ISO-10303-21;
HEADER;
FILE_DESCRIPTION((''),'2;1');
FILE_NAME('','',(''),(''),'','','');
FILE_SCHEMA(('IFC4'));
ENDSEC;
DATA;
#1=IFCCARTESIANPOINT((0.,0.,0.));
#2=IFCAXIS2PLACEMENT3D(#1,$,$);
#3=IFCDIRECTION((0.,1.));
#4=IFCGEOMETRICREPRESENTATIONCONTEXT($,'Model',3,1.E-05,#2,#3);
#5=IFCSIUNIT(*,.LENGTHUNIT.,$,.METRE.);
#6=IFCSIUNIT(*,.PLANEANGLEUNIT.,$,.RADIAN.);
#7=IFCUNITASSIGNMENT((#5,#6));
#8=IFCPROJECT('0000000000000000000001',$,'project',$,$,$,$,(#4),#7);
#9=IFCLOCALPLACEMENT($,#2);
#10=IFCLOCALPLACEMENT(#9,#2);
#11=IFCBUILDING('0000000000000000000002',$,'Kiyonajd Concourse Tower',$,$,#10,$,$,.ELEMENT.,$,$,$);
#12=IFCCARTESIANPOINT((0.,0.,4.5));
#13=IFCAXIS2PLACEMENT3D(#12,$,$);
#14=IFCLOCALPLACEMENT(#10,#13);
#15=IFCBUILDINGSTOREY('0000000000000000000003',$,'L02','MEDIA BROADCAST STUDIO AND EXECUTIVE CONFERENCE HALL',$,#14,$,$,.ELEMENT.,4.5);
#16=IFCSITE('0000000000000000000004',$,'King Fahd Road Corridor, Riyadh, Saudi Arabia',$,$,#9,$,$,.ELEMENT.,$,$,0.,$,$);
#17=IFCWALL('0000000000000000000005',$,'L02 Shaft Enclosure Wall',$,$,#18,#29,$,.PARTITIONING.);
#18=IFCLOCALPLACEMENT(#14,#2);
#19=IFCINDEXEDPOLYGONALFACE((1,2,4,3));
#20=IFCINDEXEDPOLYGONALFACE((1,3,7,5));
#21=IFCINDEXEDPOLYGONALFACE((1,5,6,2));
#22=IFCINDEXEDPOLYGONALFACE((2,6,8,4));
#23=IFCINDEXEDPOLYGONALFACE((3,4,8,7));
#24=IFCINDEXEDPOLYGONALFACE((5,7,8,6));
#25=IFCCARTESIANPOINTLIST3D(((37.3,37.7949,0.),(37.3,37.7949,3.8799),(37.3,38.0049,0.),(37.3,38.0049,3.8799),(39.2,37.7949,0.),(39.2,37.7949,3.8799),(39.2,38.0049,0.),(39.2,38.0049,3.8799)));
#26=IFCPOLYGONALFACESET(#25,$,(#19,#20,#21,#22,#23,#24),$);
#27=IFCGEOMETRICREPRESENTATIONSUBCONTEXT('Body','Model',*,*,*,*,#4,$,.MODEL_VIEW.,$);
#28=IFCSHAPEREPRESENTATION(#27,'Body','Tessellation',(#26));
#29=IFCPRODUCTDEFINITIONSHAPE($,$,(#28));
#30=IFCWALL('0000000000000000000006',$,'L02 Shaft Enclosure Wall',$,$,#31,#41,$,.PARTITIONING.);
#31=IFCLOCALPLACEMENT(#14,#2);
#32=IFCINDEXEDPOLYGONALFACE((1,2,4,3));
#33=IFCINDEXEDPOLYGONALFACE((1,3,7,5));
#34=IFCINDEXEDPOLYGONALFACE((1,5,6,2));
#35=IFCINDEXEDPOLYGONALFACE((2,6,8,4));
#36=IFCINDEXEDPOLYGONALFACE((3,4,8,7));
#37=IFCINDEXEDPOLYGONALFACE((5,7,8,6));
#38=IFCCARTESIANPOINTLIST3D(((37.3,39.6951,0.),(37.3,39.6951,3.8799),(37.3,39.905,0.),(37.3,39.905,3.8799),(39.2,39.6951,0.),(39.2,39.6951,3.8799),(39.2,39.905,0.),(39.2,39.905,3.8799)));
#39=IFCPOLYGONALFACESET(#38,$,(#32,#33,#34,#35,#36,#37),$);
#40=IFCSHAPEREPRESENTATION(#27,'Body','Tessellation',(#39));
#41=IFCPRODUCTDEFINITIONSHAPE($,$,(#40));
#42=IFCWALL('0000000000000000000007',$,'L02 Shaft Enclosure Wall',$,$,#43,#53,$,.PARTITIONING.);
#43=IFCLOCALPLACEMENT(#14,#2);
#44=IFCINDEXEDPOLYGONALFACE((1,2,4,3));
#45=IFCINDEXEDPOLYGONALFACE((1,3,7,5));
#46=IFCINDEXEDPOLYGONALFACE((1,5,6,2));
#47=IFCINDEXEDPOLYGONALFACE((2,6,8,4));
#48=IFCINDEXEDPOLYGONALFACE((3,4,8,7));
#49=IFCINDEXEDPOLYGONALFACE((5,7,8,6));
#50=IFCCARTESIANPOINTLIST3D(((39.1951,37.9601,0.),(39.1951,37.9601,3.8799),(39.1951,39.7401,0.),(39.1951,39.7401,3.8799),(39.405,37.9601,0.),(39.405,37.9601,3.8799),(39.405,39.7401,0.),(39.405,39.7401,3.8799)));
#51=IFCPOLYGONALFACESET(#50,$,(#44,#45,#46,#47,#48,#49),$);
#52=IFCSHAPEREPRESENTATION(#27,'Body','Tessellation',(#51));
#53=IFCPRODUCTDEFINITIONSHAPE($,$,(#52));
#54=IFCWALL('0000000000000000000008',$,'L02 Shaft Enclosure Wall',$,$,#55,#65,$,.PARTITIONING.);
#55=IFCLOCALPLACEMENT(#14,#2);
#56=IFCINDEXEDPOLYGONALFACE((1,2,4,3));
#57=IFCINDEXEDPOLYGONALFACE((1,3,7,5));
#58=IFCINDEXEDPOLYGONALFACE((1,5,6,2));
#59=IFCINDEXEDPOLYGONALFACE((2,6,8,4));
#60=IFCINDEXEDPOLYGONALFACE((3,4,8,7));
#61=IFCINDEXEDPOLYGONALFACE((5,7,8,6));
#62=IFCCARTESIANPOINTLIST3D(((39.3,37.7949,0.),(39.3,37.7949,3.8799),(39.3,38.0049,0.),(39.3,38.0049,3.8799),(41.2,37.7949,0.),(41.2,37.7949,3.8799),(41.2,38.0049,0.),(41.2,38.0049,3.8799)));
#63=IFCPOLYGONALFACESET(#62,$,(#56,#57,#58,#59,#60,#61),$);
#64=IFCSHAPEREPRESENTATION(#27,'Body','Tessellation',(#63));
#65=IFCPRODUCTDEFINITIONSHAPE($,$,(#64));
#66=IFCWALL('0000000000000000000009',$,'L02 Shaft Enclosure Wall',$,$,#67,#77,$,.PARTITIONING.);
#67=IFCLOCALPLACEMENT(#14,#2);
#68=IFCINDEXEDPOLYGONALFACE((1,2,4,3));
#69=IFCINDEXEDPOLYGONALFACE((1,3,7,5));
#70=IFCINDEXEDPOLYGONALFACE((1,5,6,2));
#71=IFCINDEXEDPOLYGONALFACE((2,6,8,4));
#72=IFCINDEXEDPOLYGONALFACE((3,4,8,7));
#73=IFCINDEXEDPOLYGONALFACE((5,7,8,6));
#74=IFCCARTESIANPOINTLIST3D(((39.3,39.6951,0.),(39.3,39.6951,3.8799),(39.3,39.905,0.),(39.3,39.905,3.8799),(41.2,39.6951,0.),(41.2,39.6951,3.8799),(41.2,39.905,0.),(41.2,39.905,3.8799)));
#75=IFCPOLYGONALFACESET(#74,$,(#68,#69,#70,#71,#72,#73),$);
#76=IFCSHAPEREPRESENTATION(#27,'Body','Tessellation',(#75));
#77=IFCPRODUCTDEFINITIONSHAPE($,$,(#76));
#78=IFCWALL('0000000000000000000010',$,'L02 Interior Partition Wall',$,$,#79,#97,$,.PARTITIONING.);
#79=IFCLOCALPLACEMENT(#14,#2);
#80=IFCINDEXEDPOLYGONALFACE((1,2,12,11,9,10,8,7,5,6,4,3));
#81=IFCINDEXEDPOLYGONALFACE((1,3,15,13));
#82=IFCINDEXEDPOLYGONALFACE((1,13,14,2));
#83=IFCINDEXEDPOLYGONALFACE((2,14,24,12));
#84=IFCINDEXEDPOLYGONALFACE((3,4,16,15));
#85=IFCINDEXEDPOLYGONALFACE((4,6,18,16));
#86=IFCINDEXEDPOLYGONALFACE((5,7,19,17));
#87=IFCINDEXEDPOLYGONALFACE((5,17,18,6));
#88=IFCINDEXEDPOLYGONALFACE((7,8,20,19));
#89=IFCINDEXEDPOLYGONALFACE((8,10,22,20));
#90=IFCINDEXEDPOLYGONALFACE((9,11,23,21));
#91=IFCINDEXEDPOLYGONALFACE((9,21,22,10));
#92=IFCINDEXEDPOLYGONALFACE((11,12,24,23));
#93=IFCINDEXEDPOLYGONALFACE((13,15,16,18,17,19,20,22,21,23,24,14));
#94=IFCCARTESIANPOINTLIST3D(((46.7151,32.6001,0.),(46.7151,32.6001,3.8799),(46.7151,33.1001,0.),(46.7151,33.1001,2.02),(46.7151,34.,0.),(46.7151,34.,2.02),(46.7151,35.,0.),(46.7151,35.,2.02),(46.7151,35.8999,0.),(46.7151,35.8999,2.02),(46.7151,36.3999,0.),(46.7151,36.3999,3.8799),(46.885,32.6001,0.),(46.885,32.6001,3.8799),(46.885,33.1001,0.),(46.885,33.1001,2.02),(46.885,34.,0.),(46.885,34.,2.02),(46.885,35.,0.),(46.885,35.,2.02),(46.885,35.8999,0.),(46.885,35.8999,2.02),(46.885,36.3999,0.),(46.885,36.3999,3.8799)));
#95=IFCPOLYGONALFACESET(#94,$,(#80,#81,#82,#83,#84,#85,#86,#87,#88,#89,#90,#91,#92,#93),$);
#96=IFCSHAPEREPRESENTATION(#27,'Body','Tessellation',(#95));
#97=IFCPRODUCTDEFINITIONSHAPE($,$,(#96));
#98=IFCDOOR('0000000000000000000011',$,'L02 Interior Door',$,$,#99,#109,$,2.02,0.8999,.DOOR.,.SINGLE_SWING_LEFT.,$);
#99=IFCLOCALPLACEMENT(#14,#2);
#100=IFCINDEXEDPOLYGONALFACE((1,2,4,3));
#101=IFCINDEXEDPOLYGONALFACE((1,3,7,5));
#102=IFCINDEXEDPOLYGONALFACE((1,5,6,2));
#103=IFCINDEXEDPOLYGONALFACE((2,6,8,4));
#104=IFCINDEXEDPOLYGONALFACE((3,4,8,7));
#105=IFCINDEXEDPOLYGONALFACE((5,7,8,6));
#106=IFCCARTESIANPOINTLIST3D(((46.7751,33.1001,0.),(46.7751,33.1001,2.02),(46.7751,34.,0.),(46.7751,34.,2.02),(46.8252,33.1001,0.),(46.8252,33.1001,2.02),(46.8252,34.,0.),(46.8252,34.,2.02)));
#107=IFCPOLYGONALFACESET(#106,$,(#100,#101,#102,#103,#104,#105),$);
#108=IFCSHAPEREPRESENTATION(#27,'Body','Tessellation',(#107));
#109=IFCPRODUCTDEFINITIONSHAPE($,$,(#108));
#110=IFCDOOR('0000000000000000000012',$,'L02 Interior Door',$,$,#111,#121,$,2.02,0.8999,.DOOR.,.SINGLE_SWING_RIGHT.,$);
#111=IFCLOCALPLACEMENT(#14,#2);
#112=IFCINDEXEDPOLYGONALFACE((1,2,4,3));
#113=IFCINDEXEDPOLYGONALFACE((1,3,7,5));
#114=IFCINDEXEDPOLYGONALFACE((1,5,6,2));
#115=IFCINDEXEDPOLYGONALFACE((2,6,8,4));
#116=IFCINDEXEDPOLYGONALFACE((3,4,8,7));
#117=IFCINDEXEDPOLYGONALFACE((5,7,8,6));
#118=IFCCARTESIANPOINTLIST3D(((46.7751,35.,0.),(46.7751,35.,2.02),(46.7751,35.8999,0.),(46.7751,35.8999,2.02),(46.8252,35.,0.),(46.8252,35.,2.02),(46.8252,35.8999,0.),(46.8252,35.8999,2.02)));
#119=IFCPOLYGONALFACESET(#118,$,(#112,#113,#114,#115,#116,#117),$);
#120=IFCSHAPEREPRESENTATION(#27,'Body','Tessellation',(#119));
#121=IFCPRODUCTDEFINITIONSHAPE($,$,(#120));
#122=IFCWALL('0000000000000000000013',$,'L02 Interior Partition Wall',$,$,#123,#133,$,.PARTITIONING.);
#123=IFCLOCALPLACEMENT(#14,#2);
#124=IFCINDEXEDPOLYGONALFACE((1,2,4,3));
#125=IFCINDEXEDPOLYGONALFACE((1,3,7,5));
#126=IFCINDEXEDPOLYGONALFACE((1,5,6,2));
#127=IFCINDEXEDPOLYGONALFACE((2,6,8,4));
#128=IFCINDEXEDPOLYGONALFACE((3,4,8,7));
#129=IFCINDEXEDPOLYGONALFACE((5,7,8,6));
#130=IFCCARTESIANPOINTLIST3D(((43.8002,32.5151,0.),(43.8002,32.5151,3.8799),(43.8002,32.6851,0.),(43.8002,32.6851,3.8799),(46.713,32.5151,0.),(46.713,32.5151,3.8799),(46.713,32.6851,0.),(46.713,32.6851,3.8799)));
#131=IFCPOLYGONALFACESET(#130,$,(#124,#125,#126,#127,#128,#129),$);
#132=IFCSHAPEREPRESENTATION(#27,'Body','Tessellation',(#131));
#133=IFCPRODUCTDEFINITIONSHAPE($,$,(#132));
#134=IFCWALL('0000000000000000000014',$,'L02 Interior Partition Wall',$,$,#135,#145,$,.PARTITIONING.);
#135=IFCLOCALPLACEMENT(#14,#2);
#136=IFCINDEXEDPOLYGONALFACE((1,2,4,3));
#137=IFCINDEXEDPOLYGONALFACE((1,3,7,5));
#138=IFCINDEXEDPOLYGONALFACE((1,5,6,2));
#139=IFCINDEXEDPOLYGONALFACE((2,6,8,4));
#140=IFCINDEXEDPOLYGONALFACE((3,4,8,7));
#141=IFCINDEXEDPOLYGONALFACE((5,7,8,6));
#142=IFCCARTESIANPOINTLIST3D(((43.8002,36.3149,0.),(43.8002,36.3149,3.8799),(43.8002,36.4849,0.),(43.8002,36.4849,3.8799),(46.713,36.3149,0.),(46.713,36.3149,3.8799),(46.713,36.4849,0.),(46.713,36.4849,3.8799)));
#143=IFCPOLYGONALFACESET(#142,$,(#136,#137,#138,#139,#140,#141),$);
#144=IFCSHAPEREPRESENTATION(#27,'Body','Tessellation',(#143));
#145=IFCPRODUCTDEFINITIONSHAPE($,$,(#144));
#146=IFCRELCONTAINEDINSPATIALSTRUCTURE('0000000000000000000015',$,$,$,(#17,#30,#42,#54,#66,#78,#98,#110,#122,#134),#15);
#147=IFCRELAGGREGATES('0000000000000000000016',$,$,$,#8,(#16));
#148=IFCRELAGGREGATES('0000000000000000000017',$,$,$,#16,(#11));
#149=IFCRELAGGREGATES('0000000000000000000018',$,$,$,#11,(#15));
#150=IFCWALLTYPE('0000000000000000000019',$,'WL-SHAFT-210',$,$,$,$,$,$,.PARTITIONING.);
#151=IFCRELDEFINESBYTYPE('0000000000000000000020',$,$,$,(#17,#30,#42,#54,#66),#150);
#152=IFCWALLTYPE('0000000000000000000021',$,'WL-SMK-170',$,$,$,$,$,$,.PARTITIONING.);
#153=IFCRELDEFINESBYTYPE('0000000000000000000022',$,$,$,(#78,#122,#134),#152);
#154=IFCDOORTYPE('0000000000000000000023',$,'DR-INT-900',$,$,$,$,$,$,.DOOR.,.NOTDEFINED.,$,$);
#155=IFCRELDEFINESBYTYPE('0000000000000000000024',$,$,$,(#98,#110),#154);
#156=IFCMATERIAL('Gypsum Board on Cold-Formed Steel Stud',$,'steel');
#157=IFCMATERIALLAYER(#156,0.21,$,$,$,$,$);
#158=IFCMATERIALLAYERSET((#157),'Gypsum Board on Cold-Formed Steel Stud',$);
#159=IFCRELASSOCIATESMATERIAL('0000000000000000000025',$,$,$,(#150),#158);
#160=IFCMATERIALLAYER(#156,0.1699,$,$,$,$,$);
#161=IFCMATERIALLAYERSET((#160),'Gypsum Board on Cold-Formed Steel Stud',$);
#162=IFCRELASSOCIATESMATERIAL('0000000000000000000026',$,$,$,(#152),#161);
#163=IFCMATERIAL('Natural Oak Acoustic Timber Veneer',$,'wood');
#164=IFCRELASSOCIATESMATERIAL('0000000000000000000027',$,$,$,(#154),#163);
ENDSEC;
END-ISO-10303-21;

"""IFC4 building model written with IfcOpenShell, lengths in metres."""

from ifc_helpers import new_model, si_unit, direction, frame, frame_2d, origin, place, context, subcontext, project, spatial, rectangle, extrude, material, layer, layer_set, type_object, element, fill, save


model = new_model("IFC4")

# Units and contexts
model_context = context("Model", 3, precision=1e-05, world=origin(), true_north=direction((0.0, 1.0)))
body_context = subcontext(model_context, "Body", "Model", "MODEL_VIEW")
ifc_project = project(units=[si_unit("LENGTHUNIT", "METRE"), si_unit("PLANEANGLEUNIT", "RADIAN")], contexts=[model_context])

# Site, building, storey
site_placement = place(None, origin())
site = spatial("IfcSite", under=ifc_project, at=site_placement, Name="King Fahd Road Corridor, Riyadh, Saudi Arabia", CompositionType="ELEMENT", RefElevation=0.0)
building_placement = place(site_placement, origin())
building = spatial("IfcBuilding", under=site, at=building_placement, Name="Kiyonajd Concourse Tower", CompositionType="ELEMENT")
storey_placement = place(building_placement, frame((0.0, 0.0, 4.5)))
storey = spatial("IfcBuildingStorey", under=building, at=storey_placement, Name="L02", Description="MEDIA BROADCAST STUDIO AND EXECUTIVE CONFERENCE HALL", CompositionType="ELEMENT", Elevation=4.5)

# Shared definitions
ifc_material_1 = material(Name="Gypsum Board on Cold-Formed Steel Stud", Category="steel")

# Shared definitions
ifc_layer_1 = layer(ifc_material_1, 0.21)
ifc_layer_set_1 = layer_set([ifc_layer_1], Name="Gypsum Board on Cold-Formed Steel Stud")
wall_type_1 = type_object("IfcWallType", Name="WL-SHAFT-210", PredefinedType="PARTITIONING", material=ifc_layer_set_1)

# Walls
for number, where, z_axis, x_axis, name in (
    (1, (37.3, 37.8999, 0.0), (0.0, 0.0, 1.0), (1.0, 0.0, 0.0), "L02 Shaft Enclosure Wall"),
    (2, (37.3, 39.8, 0.0), (0.0, 0.0, 1.0), (1.0, 0.0, 0.0), "L02 Shaft Enclosure Wall"),
):
    element("IfcWall", number, at=place(storey_placement, frame(where, z_axis=z_axis, x_axis=x_axis)), inside=storey, type_object=wall_type_1, Name=name, PredefinedType="PARTITIONING", context=body_context, shape_type="SweptSolid", body=[
        extrude(rectangle(XDim=1.8999, YDim=0.21, at=frame_2d((0.95, 0.0))), origin(), (0.0, 0.0, 1.0), 3.8799),
    ])
wall_1_placement = place(storey_placement, frame((39.3, 37.96, 0.0), z_axis=(0.0, 0.0, 1.0), x_axis=(0.0, 1.0, 0.0)))
element("IfcWall", 3, at=wall_1_placement, inside=storey, type_object=wall_type_1, Name="L02 Shaft Enclosure Wall", PredefinedType="PARTITIONING", context=body_context, shape_type="SweptSolid", body=[
    extrude(rectangle(XDim=1.78, YDim=0.21, at=frame_2d((0.8901, 0.0))), origin(), (0.0, 0.0, 1.0), 3.8799),
])
for number, where, z_axis, x_axis, name in (
    (4, (39.3, 37.8999, 0.0), (0.0, 0.0, 1.0), (1.0, 0.0, 0.0), "L02 Shaft Enclosure Wall"),
    (5, (39.3, 39.8, 0.0), (0.0, 0.0, 1.0), (1.0, 0.0, 0.0), "L02 Shaft Enclosure Wall"),
):
    element("IfcWall", number, at=place(storey_placement, frame(where, z_axis=z_axis, x_axis=x_axis)), inside=storey, type_object=wall_type_1, Name=name, PredefinedType="PARTITIONING", context=body_context, shape_type="SweptSolid", body=[
        extrude(rectangle(XDim=1.8999, YDim=0.21, at=frame_2d((0.95, 0.0))), origin(), (0.0, 0.0, 1.0), 3.8799),
    ])

# Wall, openings, doors
ifc_layer_2 = layer(ifc_material_1, 0.1699)
ifc_layer_set_2 = layer_set([ifc_layer_2], Name="Gypsum Board on Cold-Formed Steel Stud")
wall_type_2 = type_object("IfcWallType", Name="WL-SMK-170", PredefinedType="PARTITIONING", material=ifc_layer_set_2)
wall_2_placement = place(storey_placement, frame((46.8, 32.6001, 0.0), z_axis=(0.0, 0.0, 1.0), x_axis=(0.0, 1.0, 0.0)))
wall_2 = element("IfcWall", 6, at=wall_2_placement, inside=storey, type_object=wall_type_2, Name="L02 Interior Partition Wall", PredefinedType="PARTITIONING", context=body_context, shape_type="SweptSolid", body=[
    extrude(rectangle(XDim=3.7998, YDim=0.1699, at=frame_2d((1.8999, 0.0))), origin(), (0.0, 0.0, 1.0), 3.8799),
])
opening_1_placement = place(wall_2_placement, frame((0.5, 0.0, 0.0)))
opening_1 = element("IfcOpeningElement", 7, at=opening_1_placement, cuts=wall_2, PredefinedType="OPENING", context=body_context, shape_type="SweptSolid", body=[
    extrude(rectangle(XDim=0.8999, YDim=2.02, at=frame_2d((0.45, 1.01))), frame((0.0, 0.095, 0.0), z_axis=(0.0, -1.0, 0.0), x_axis=(1.0, 0.0, 0.0)), (0.0, 0.0, 1.0), 0.1899),
])
opening_2_placement = place(wall_2_placement, frame((2.3999, 0.0, 0.0)))
opening_2 = element("IfcOpeningElement", 8, at=opening_2_placement, cuts=wall_2, PredefinedType="OPENING", context=body_context, shape_type="SweptSolid", body=[
    extrude(rectangle(XDim=0.8999, YDim=2.02, at=frame_2d((0.45, 1.01))), frame((0.0, 0.095, 0.0), z_axis=(0.0, -1.0, 0.0), x_axis=(1.0, 0.0, 0.0)), (0.0, 0.0, 1.0), 0.1899),
])
ifc_material_2 = material(Name="Natural Oak Acoustic Timber Veneer", Category="wood")
door_type_1 = type_object("IfcDoorType", Name="DR-INT-900", OperationType="NOTDEFINED", PredefinedType="DOOR", material=ifc_material_2)
door_1_placement = place(opening_1_placement, origin())
door_1 = element("IfcDoor", 9, at=door_1_placement, inside=storey, type_object=door_type_1, Name="L02 Interior Door", OperationType="SINGLE_SWING_LEFT", OverallHeight=2.02, OverallWidth=0.8999, PredefinedType="DOOR", context=body_context, shape_type="SweptSolid", body=[
    extrude(rectangle(XDim=0.8999, YDim=2.02, at=frame_2d((0.45, 1.01))), frame((0.0, 0.0249, 0.0), z_axis=(0.0, -1.0, 0.0), x_axis=(1.0, 0.0, 0.0)), (0.0, 0.0, 1.0), 0.05),
])
fill(opening_1, door_1)
door_2_placement = place(opening_2_placement, origin())
door_2 = element("IfcDoor", 10, at=door_2_placement, inside=storey, type_object=door_type_1, Name="L02 Interior Door", OperationType="SINGLE_SWING_RIGHT", OverallHeight=2.02, OverallWidth=0.8999, PredefinedType="DOOR", context=body_context, shape_type="SweptSolid", body=[
    extrude(rectangle(XDim=0.8999, YDim=2.02, at=frame_2d((0.45, 1.01))), frame((0.0, 0.0249, 0.0), z_axis=(0.0, -1.0, 0.0), x_axis=(1.0, 0.0, 0.0)), (0.0, 0.0, 1.0), 0.05),
])
fill(opening_2, door_2)

# Walls
for number, where, z_axis, x_axis, name in (
    (11, (43.8, 32.6001, 0.0), (0.0, 0.0, 1.0), (1.0, 0.0, 0.0), "L02 Interior Partition Wall"),
    (12, (43.8, 36.3999, 0.0), (0.0, 0.0, 1.0), (1.0, 0.0, 0.0), "L02 Interior Partition Wall"),
):
    element("IfcWall", number, at=place(storey_placement, frame(where, z_axis=z_axis, x_axis=x_axis)), inside=storey, type_object=wall_type_2, Name=name, PredefinedType="PARTITIONING", context=body_context, shape_type="SweptSolid", body=[
        extrude(rectangle(XDim=2.9128, YDim=0.1699, at=frame_2d((1.4565, 0.0))), origin(), (0.0, 0.0, 1.0), 3.8799),
    ])

save(model, "model.ifc")
